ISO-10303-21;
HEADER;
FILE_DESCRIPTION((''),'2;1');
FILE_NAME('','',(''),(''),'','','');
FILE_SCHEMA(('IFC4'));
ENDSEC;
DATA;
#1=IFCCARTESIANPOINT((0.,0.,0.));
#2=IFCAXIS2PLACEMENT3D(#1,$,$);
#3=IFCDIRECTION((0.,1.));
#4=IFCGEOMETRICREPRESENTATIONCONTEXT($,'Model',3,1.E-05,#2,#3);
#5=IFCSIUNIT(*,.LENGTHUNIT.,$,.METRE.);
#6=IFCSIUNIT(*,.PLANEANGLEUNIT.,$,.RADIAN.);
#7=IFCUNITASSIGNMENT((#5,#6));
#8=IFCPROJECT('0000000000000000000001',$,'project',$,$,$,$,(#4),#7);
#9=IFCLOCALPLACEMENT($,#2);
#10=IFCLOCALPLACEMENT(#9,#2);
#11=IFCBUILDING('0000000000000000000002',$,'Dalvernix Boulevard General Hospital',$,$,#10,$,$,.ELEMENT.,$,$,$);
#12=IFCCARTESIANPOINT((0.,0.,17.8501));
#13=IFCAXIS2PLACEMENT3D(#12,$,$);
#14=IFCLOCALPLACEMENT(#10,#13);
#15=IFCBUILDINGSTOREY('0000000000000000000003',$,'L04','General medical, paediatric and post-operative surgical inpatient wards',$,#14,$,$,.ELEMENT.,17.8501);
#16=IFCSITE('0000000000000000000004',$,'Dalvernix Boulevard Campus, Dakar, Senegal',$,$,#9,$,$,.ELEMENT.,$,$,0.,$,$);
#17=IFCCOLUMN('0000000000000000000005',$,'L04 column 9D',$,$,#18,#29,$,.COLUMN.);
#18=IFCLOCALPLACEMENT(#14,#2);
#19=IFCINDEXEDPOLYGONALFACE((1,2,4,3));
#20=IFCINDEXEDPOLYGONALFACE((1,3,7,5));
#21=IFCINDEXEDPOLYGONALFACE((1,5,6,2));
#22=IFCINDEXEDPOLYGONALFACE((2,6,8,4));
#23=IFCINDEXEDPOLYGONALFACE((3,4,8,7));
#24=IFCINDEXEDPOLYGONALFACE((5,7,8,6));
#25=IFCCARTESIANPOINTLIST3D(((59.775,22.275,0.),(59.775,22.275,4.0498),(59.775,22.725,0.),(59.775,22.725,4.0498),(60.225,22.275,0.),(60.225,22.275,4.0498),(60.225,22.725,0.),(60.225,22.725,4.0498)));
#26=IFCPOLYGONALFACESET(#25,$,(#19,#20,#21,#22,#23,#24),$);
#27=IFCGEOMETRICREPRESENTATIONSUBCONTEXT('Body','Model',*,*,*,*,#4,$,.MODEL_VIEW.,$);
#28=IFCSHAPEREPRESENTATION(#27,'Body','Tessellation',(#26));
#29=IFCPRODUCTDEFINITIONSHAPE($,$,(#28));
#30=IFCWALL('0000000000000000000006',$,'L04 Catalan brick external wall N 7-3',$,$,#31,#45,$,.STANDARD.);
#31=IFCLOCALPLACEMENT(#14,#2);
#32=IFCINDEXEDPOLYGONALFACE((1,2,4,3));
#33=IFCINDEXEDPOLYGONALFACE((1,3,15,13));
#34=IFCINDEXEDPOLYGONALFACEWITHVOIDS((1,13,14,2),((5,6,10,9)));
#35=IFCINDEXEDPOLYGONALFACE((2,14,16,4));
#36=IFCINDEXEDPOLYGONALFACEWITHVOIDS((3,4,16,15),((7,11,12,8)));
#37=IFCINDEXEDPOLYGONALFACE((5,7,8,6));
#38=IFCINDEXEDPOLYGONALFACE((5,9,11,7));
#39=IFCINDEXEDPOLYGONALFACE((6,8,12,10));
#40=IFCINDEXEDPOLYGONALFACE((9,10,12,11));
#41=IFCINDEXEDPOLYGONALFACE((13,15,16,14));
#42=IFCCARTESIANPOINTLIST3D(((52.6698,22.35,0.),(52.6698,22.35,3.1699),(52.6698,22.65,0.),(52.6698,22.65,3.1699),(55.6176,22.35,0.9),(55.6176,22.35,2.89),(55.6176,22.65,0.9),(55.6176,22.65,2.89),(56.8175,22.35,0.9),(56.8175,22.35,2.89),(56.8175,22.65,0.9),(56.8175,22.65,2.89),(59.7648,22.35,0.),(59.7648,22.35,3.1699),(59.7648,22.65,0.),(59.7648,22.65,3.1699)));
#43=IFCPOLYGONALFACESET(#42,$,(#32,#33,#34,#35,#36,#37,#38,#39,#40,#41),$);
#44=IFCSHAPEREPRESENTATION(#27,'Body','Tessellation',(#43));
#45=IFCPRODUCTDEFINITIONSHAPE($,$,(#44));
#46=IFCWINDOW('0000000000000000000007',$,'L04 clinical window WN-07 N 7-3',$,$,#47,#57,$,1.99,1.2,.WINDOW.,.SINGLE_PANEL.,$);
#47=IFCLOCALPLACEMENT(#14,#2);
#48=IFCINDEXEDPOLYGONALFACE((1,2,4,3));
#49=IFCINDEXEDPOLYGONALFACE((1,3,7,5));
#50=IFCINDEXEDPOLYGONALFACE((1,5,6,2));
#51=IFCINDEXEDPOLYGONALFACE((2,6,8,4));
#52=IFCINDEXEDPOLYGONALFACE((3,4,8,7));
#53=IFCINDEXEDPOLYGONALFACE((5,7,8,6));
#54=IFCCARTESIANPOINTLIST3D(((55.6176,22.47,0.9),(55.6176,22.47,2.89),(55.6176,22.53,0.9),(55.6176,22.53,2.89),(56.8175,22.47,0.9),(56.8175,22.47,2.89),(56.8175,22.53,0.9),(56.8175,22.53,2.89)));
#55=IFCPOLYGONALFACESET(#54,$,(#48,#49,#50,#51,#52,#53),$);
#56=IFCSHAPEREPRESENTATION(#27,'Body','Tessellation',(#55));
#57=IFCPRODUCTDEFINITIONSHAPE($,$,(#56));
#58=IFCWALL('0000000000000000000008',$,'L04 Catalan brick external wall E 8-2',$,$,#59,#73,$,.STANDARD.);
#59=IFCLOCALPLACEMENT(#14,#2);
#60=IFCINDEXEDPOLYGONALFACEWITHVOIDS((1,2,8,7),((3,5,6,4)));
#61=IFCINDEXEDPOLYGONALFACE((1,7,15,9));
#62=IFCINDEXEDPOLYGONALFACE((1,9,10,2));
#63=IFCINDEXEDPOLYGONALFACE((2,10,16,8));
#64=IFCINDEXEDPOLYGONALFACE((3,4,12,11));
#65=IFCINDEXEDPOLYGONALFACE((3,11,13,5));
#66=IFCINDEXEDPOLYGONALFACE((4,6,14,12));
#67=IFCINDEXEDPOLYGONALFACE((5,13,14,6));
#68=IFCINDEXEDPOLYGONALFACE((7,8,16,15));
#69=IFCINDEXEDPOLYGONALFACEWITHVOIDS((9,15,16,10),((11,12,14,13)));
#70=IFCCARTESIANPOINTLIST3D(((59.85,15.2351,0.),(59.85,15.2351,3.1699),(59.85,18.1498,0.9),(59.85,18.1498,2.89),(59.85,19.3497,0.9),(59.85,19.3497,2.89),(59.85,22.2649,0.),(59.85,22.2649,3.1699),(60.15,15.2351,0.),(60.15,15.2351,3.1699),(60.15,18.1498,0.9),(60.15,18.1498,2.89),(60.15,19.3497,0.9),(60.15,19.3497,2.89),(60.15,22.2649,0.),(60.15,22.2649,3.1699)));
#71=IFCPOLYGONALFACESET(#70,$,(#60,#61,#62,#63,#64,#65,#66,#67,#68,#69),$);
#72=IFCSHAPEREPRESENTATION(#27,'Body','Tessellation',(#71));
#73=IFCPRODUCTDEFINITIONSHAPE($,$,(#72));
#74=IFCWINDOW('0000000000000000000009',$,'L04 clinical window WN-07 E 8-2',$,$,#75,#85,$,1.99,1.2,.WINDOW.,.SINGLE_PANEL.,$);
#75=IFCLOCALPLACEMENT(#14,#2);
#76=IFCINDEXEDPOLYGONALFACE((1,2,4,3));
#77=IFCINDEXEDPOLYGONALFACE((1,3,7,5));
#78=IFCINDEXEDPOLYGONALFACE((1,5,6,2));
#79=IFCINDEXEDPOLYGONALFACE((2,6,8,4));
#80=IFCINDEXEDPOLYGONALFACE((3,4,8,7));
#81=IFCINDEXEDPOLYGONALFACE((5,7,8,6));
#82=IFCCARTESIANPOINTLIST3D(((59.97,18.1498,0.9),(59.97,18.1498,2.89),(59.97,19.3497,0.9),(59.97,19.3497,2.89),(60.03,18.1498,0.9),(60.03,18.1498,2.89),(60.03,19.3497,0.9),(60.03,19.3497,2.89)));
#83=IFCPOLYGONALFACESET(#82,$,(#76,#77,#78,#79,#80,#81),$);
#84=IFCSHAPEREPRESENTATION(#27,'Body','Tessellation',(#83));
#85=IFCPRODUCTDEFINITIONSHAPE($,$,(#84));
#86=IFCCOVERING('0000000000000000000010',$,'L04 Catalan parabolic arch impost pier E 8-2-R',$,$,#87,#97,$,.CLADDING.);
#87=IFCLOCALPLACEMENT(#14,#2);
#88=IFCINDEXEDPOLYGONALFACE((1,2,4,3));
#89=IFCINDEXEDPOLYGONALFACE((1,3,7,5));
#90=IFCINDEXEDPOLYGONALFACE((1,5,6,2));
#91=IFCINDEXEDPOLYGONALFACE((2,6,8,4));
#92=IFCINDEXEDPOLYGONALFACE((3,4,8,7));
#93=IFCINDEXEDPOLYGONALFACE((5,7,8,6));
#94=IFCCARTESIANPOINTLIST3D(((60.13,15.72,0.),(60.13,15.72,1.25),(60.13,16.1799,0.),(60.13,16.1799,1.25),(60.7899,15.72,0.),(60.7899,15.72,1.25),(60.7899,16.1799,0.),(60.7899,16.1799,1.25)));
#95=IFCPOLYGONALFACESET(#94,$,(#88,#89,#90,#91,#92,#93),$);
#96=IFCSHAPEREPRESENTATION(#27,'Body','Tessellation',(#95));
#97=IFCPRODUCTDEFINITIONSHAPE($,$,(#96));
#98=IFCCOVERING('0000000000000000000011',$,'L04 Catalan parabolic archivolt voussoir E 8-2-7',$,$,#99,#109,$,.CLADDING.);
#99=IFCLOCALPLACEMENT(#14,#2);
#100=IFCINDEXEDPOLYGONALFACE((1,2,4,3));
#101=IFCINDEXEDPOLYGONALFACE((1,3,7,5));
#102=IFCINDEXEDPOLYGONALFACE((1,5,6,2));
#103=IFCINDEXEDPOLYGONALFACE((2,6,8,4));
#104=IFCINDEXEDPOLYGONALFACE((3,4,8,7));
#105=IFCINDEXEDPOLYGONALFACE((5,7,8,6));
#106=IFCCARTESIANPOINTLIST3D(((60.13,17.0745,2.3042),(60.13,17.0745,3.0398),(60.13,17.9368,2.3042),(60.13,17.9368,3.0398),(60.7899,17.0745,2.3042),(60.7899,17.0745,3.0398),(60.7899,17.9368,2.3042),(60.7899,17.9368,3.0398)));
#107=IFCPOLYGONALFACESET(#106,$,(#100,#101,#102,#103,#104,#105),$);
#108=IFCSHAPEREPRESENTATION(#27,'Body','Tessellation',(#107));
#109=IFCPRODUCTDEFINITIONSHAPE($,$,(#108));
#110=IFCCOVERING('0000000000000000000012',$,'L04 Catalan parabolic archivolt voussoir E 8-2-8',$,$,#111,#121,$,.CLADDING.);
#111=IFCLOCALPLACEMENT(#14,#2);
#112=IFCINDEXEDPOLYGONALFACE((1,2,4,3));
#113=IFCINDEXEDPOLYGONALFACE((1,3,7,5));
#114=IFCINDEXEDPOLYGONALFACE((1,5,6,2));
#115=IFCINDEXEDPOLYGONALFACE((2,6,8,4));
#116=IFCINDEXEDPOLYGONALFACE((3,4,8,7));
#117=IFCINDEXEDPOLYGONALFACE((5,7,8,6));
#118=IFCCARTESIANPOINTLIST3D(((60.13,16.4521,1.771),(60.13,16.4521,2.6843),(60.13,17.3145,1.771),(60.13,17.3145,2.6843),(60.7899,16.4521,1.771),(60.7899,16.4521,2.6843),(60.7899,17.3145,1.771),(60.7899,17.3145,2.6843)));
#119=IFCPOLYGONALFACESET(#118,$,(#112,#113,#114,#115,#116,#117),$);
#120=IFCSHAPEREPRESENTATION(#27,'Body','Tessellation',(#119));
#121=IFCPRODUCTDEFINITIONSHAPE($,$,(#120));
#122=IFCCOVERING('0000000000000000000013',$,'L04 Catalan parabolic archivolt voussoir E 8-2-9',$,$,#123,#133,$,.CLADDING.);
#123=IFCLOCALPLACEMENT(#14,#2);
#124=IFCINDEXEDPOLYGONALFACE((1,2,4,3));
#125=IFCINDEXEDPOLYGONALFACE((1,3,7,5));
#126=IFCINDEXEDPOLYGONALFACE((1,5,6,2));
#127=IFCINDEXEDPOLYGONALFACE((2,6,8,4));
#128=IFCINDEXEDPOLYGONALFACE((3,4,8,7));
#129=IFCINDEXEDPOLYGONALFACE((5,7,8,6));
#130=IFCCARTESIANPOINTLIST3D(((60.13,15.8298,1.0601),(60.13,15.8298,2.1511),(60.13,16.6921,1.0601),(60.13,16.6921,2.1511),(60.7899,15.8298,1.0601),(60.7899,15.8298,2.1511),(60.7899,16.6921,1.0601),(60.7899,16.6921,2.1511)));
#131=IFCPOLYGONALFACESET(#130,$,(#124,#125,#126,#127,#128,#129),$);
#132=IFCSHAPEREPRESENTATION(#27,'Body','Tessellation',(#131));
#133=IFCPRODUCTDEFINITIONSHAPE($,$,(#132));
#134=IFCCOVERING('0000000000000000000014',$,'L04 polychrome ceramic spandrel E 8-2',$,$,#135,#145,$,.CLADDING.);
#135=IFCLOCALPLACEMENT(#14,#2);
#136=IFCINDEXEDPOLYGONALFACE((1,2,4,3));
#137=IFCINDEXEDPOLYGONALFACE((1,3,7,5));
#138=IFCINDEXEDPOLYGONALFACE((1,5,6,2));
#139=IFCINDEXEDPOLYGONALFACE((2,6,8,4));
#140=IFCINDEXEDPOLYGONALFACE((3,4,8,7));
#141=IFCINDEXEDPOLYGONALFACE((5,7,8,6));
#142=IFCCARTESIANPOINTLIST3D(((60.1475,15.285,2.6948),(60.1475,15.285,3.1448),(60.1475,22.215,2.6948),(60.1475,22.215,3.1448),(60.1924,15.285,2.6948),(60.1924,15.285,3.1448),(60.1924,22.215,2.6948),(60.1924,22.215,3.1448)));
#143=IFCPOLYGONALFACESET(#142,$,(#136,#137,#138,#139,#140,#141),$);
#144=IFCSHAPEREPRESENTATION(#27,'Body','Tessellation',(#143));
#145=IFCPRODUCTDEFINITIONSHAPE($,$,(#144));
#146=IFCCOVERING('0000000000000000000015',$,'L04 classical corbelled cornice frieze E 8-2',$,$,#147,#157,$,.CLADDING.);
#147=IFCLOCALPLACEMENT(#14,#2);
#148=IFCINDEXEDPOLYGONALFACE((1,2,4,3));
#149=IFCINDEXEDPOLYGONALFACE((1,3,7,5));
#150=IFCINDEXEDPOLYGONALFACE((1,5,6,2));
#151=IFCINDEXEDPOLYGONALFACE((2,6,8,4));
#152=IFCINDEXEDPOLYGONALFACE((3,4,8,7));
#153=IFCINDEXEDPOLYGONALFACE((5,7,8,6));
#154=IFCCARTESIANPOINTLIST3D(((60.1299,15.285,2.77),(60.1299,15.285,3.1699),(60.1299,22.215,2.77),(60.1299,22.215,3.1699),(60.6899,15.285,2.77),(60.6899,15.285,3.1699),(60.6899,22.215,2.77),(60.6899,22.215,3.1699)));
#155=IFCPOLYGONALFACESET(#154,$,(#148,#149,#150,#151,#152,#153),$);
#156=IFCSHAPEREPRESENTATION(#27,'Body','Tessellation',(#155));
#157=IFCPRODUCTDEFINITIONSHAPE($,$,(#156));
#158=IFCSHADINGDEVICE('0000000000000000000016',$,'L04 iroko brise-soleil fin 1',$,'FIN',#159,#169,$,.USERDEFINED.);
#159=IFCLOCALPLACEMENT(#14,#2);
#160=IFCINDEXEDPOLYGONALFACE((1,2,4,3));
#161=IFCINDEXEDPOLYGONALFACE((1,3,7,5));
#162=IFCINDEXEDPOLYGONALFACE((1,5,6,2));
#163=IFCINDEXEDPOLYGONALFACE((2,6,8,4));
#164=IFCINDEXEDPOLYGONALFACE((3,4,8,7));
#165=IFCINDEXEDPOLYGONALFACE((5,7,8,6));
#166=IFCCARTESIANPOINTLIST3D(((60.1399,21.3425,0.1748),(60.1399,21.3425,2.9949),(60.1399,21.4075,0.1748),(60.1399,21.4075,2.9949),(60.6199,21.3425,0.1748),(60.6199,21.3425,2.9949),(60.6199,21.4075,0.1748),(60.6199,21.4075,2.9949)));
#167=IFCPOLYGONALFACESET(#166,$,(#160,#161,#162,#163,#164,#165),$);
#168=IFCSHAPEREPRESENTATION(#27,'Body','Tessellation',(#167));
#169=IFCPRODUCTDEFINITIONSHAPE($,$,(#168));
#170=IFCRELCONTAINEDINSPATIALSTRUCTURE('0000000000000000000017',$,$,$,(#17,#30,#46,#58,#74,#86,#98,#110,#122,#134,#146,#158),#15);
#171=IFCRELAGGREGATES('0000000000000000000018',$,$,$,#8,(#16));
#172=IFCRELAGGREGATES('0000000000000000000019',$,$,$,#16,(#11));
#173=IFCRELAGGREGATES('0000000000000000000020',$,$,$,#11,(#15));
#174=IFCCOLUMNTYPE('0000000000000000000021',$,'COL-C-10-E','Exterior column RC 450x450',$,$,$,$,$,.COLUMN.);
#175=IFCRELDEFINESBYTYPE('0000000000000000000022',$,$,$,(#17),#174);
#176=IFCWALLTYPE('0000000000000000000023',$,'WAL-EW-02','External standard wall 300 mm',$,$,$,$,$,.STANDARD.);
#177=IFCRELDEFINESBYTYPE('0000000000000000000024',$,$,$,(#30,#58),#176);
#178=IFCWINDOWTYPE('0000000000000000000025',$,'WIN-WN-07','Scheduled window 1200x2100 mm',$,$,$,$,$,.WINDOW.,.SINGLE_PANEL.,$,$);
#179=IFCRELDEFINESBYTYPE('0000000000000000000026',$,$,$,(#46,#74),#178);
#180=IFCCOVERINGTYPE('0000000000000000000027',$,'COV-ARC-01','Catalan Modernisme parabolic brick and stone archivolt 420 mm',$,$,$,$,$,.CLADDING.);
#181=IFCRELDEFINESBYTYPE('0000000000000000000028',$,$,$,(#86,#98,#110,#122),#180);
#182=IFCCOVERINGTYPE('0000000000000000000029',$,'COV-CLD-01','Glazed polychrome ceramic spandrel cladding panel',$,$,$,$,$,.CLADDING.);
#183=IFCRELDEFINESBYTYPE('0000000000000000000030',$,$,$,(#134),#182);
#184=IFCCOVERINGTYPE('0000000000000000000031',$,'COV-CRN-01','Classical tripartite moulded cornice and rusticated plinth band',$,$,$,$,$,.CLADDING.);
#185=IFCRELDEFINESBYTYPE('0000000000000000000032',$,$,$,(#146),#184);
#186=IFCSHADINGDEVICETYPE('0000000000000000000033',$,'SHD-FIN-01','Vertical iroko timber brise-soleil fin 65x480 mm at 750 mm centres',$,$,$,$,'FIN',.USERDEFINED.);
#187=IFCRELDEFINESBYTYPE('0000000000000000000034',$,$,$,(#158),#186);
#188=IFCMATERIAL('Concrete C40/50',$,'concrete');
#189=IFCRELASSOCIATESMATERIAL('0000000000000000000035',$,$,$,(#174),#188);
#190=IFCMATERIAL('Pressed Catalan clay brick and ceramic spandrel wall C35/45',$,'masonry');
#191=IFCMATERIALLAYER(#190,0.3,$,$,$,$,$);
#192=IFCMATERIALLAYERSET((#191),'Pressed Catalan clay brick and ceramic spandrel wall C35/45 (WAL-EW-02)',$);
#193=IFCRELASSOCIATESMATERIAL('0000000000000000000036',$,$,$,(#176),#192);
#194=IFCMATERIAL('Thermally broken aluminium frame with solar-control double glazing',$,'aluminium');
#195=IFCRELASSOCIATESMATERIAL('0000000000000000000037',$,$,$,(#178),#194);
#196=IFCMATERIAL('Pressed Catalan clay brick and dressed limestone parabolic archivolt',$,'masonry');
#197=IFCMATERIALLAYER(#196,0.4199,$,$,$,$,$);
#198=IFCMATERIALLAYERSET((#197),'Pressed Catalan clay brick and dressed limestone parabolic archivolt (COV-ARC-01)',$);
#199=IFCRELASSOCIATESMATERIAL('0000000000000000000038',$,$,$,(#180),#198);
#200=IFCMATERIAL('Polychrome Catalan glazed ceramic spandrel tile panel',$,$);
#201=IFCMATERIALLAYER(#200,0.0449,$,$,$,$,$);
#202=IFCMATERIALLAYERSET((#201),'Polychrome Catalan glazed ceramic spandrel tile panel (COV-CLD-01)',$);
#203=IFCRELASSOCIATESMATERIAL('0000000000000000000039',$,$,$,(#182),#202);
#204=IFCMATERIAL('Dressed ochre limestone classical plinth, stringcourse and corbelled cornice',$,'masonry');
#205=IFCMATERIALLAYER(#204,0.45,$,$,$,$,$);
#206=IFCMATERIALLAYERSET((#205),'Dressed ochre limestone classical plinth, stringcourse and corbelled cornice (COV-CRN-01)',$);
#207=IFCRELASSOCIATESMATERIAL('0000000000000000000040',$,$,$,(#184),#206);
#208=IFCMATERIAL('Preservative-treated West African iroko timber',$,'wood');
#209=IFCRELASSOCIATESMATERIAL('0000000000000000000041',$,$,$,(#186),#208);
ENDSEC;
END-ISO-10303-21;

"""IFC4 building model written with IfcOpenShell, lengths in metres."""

from ifc_helpers import new_model, si_unit, direction, frame, frame_2d, origin, origin_2d, place, context, subcontext, project, spatial, rectangle, extrude, material, layer, layer_set, material_profile, profile_set, type_object, element, fill, save


model = new_model("IFC4")

# Units and contexts
model_context = context("Model", 3, precision=1e-05, world=origin(), true_north=direction((0.0, 1.0)))
body_context = subcontext(model_context, "Body", "Model", "MODEL_VIEW")
ifc_project = project(units=[si_unit("LENGTHUNIT", "METRE"), si_unit("PLANEANGLEUNIT", "RADIAN")], contexts=[model_context])

# Site, building, storey
site_placement = place(None, origin())
site = spatial("IfcSite", under=ifc_project, at=site_placement, Name="Dalvernix Boulevard Campus, Dakar, Senegal", CompositionType="ELEMENT", RefElevation=0.0)
building_placement = place(site_placement, origin())
building = spatial("IfcBuilding", under=site, at=building_placement, Name="Dalvernix Boulevard General Hospital", CompositionType="ELEMENT")
storey_placement = place(building_placement, frame((0.0, 0.0, 17.8501)))
storey = spatial("IfcBuildingStorey", under=building, at=storey_placement, Name="L04", Description="General medical, paediatric and post-operative surgical inpatient wards", CompositionType="ELEMENT", Elevation=17.8501)

# Column
ifc_material_1 = material(Name="Concrete C40/50", Category="concrete")
ifc_material_profile = material_profile(ifc_material_1, rectangle(XDim=0.45, YDim=0.45, at=origin_2d()), Name="RC 450x450")
ifc_profile_set = profile_set([ifc_material_profile], Name="Concrete C40/50")
column_type = type_object("IfcColumnType", Name="COL-C-10-E", Description="Exterior column RC 450x450", PredefinedType="COLUMN", material=ifc_profile_set)
column_placement = place(storey_placement, frame((60.0, 22.5, 0.0), z_axis=(0.0, 0.0, 1.0), x_axis=(1.0, 0.0, 0.0)))
element("IfcColumn", 1, at=column_placement, inside=storey, type_object=column_type, Name="L04 column 9D", PredefinedType="COLUMN", context=body_context, shape_type="SweptSolid", body=[
    extrude(rectangle(XDim=0.45, YDim=0.45, at=origin_2d()), origin(), (0.0, 0.0, 1.0), 4.0498),
])

# Walls, openings, windows
ifc_material_2 = material(Name="Pressed Catalan clay brick and ceramic spandrel wall C35/45", Category="masonry")
ifc_layer_1 = layer(ifc_material_2, 0.3)
ifc_layer_set_1 = layer_set([ifc_layer_1], Name="Pressed Catalan clay brick and ceramic spandrel wall C35/45 (WAL-EW-02)")
wall_type = type_object("IfcWallType", Name="WAL-EW-02", Description="External standard wall 300 mm", PredefinedType="STANDARD", material=ifc_layer_set_1)
wall_1_placement = place(storey_placement, frame((52.6699, 22.5, 0.0), z_axis=(0.0, 0.0, 1.0), x_axis=(1.0, 0.0, 0.0)))
wall_1 = element("IfcWall", 2, at=wall_1_placement, inside=storey, type_object=wall_type, Name="L04 Catalan brick external wall N 7-3", PredefinedType="STANDARD", context=body_context, shape_type="SweptSolid", body=[
    extrude(rectangle(XDim=7.095, YDim=0.3, at=frame_2d((3.5474, 0.0))), origin(), (0.0, 0.0, 1.0), 3.1699),
])
opening_1_placement = place(wall_1_placement, frame((2.9475, 0.0, 0.8999)))
opening_1 = element("IfcOpeningElement", 3, at=opening_1_placement, cuts=wall_1, PredefinedType="OPENING", context=body_context, shape_type="SweptSolid", body=[
    extrude(rectangle(XDim=1.2, YDim=1.99, at=frame_2d((0.6001, 0.9951))), frame((0.0, 0.1599, 0.0), z_axis=(0.0, -1.0, 0.0), x_axis=(1.0, 0.0, 0.0)), (0.0, 0.0, 1.0), 0.3201),
])
ifc_material_3 = material(Name="Thermally broken aluminium frame with solar-control double glazing", Category="aluminium")
window_type = type_object("IfcWindowType", Name="WIN-WN-07", Description="Scheduled window 1200x2100 mm", PartitioningType="SINGLE_PANEL", PredefinedType="WINDOW", material=ifc_material_3)
window_1_placement = place(opening_1_placement, origin())
window_1 = element("IfcWindow", 4, at=window_1_placement, inside=storey, type_object=window_type, Name="L04 clinical window WN-07 N 7-3", OverallHeight=1.99, OverallWidth=1.2, PartitioningType="SINGLE_PANEL", PredefinedType="WINDOW", context=body_context, shape_type="SweptSolid", body=[
    extrude(rectangle(XDim=1.2, YDim=1.99, at=frame_2d((0.6001, 0.9951))), frame((0.0, 0.03, 0.0), z_axis=(0.0, -1.0, 0.0), x_axis=(1.0, 0.0, 0.0)), (0.0, 0.0, 1.0), 0.0601),
])
fill(opening_1, window_1)
wall_2_placement = place(storey_placement, frame((60.0, 22.2649, 0.0), z_axis=(0.0, 0.0, 1.0), x_axis=(0.0, -1.0, 0.0)))
wall_2 = element("IfcWall", 5, at=wall_2_placement, inside=storey, type_object=wall_type, Name="L04 Catalan brick external wall E 8-2", PredefinedType="STANDARD", context=body_context, shape_type="SweptSolid", body=[
    extrude(rectangle(XDim=7.0298, YDim=0.3, at=frame_2d((3.5149, 0.0))), origin(), (0.0, 0.0, 1.0), 3.1699),
])
opening_2_placement = place(wall_2_placement, frame((2.915, 0.0, 0.8999)))
opening_2 = element("IfcOpeningElement", 6, at=opening_2_placement, cuts=wall_2, PredefinedType="OPENING", context=body_context, shape_type="SweptSolid", body=[
    extrude(rectangle(XDim=1.2, YDim=1.99, at=frame_2d((0.6001, 0.9951))), frame((0.0, 0.1599, 0.0), z_axis=(0.0, -1.0, 0.0), x_axis=(1.0, 0.0, 0.0)), (0.0, 0.0, 1.0), 0.3201),
])
window_2_placement = place(opening_2_placement, origin())
window_2 = element("IfcWindow", 7, at=window_2_placement, inside=storey, type_object=window_type, Name="L04 clinical window WN-07 E 8-2", OverallHeight=1.99, OverallWidth=1.2, PartitioningType="SINGLE_PANEL", PredefinedType="WINDOW", context=body_context, shape_type="SweptSolid", body=[
    extrude(rectangle(XDim=1.2, YDim=1.99, at=frame_2d((0.6001, 0.9951))), frame((0.0, 0.03, 0.0), z_axis=(0.0, -1.0, 0.0), x_axis=(1.0, 0.0, 0.0)), (0.0, 0.0, 1.0), 0.0601),
])
fill(opening_2, window_2)

# Coverings
ifc_material_4 = material(Name="Pressed Catalan clay brick and dressed limestone parabolic archivolt", Category="masonry")
ifc_layer_2 = layer(ifc_material_4, 0.4199)
ifc_layer_set_2 = layer_set([ifc_layer_2], Name="Pressed Catalan clay brick and dressed limestone parabolic archivolt (COV-ARC-01)")
covering_type_1 = type_object("IfcCoveringType", Name="COV-ARC-01", Description="Catalan Modernisme parabolic brick and stone archivolt 420 mm", PredefinedType="CLADDING", material=ifc_layer_set_2)
covering_1_placement = place(storey_placement, frame((60.46, 15.95, 0.0), z_axis=(0.0, 0.0, 1.0), x_axis=(0.0, -1.0, 0.0)))
element("IfcCovering", 8, at=covering_1_placement, inside=storey, type_object=covering_type_1, Name="L04 Catalan parabolic arch impost pier E 8-2-R", PredefinedType="CLADDING", context=body_context, shape_type="SweptSolid", body=[
    extrude(rectangle(XDim=0.46, YDim=0.6599, at=origin_2d()), origin(), (0.0, 0.0, 1.0), 1.25),
])
covering_2_placement = place(storey_placement, frame((60.46, 17.5056, 2.3042), z_axis=(0.0, 0.0, 1.0), x_axis=(0.0, -1.0, 0.0)))
element("IfcCovering", 9, at=covering_2_placement, inside=storey, type_object=covering_type_1, Name="L04 Catalan parabolic archivolt voussoir E 8-2-7", PredefinedType="CLADDING", context=body_context, shape_type="SweptSolid", body=[
    extrude(rectangle(XDim=0.8623, YDim=0.6599, at=origin_2d()), origin(), (0.0, 0.0, 1.0), 0.7356),
])
covering_3_placement = place(storey_placement, frame((60.46, 16.8833, 1.771), z_axis=(0.0, 0.0, 1.0), x_axis=(0.0, -1.0, 0.0)))
element("IfcCovering", 10, at=covering_3_placement, inside=storey, type_object=covering_type_1, Name="L04 Catalan parabolic archivolt voussoir E 8-2-8", PredefinedType="CLADDING", context=body_context, shape_type="SweptSolid", body=[
    extrude(rectangle(XDim=0.8623, YDim=0.6599, at=origin_2d()), origin(), (0.0, 0.0, 1.0), 0.9133),
])
covering_4_placement = place(storey_placement, frame((60.46, 16.261, 1.0601), z_axis=(0.0, 0.0, 1.0), x_axis=(0.0, -1.0, 0.0)))
element("IfcCovering", 11, at=covering_4_placement, inside=storey, type_object=covering_type_1, Name="L04 Catalan parabolic archivolt voussoir E 8-2-9", PredefinedType="CLADDING", context=body_context, shape_type="SweptSolid", body=[
    extrude(rectangle(XDim=0.8623, YDim=0.6599, at=origin_2d()), origin(), (0.0, 0.0, 1.0), 1.0911),
])
ifc_material_5 = material(Name="Polychrome Catalan glazed ceramic spandrel tile panel")
ifc_layer_3 = layer(ifc_material_5, 0.0449)
ifc_layer_set_3 = layer_set([ifc_layer_3], Name="Polychrome Catalan glazed ceramic spandrel tile panel (COV-CLD-01)")
covering_type_2 = type_object("IfcCoveringType", Name="COV-CLD-01", Description="Glazed polychrome ceramic spandrel cladding panel", PredefinedType="CLADDING", material=ifc_layer_set_3)
covering_5_placement = place(storey_placement, frame((60.1699, 18.75, 2.6948), z_axis=(0.0, 0.0, 1.0), x_axis=(0.0, -1.0, 0.0)))
element("IfcCovering", 12, at=covering_5_placement, inside=storey, type_object=covering_type_2, Name="L04 polychrome ceramic spandrel E 8-2", PredefinedType="CLADDING", context=body_context, shape_type="SweptSolid", body=[
    extrude(rectangle(XDim=6.9299, YDim=0.0449, at=origin_2d()), origin(), (0.0, 0.0, 1.0), 0.45),
])
ifc_material_6 = material(Name="Dressed ochre limestone classical plinth, stringcourse and corbelled cornice", Category="masonry")
ifc_layer_4 = layer(ifc_material_6, 0.45)
ifc_layer_set_4 = layer_set([ifc_layer_4], Name="Dressed ochre limestone classical plinth, stringcourse and corbelled cornice (COV-CRN-01)")
covering_type_3 = type_object("IfcCoveringType", Name="COV-CRN-01", Description="Classical tripartite moulded cornice and rusticated plinth band", PredefinedType="CLADDING", material=ifc_layer_set_4)
covering_6_placement = place(storey_placement, frame((60.4099, 18.75, 2.77), z_axis=(0.0, 0.0, 1.0), x_axis=(0.0, -1.0, 0.0)))
element("IfcCovering", 13, at=covering_6_placement, inside=storey, type_object=covering_type_3, Name="L04 classical corbelled cornice frieze E 8-2", PredefinedType="CLADDING", context=body_context, shape_type="SweptSolid", body=[
    extrude(rectangle(XDim=6.9299, YDim=0.5601, at=origin_2d()), origin(), (0.0, 0.0, 1.0), 0.3999),
])

# Shading device
ifc_material_7 = material(Name="Preservative-treated West African iroko timber", Category="wood")
shading_device_type = type_object("IfcShadingDeviceType", Name="SHD-FIN-01", Description="Vertical iroko timber brise-soleil fin 65x480 mm at 750 mm centres", ElementType="FIN", PredefinedType="USERDEFINED", material=ifc_material_7)
for number, where, z_axis, x_axis, name in (
    (14, (60.3799, 21.375, 0.1748), (0.0, 0.0, 1.0), (0.0, -1.0, 0.0), "L04 iroko brise-soleil fin 1"),
):
    element("IfcShadingDevice", number, at=place(storey_placement, frame(where, z_axis=z_axis, x_axis=x_axis)), inside=storey, type_object=shading_device_type, Name=name, ObjectType="FIN", PredefinedType="USERDEFINED", context=body_context, shape_type="SweptSolid", body=[
        extrude(rectangle(XDim=0.0649, YDim=0.48, at=origin_2d()), origin(), (0.0, 0.0, 1.0), 2.8201),
    ])

save(model, "model.ifc")
